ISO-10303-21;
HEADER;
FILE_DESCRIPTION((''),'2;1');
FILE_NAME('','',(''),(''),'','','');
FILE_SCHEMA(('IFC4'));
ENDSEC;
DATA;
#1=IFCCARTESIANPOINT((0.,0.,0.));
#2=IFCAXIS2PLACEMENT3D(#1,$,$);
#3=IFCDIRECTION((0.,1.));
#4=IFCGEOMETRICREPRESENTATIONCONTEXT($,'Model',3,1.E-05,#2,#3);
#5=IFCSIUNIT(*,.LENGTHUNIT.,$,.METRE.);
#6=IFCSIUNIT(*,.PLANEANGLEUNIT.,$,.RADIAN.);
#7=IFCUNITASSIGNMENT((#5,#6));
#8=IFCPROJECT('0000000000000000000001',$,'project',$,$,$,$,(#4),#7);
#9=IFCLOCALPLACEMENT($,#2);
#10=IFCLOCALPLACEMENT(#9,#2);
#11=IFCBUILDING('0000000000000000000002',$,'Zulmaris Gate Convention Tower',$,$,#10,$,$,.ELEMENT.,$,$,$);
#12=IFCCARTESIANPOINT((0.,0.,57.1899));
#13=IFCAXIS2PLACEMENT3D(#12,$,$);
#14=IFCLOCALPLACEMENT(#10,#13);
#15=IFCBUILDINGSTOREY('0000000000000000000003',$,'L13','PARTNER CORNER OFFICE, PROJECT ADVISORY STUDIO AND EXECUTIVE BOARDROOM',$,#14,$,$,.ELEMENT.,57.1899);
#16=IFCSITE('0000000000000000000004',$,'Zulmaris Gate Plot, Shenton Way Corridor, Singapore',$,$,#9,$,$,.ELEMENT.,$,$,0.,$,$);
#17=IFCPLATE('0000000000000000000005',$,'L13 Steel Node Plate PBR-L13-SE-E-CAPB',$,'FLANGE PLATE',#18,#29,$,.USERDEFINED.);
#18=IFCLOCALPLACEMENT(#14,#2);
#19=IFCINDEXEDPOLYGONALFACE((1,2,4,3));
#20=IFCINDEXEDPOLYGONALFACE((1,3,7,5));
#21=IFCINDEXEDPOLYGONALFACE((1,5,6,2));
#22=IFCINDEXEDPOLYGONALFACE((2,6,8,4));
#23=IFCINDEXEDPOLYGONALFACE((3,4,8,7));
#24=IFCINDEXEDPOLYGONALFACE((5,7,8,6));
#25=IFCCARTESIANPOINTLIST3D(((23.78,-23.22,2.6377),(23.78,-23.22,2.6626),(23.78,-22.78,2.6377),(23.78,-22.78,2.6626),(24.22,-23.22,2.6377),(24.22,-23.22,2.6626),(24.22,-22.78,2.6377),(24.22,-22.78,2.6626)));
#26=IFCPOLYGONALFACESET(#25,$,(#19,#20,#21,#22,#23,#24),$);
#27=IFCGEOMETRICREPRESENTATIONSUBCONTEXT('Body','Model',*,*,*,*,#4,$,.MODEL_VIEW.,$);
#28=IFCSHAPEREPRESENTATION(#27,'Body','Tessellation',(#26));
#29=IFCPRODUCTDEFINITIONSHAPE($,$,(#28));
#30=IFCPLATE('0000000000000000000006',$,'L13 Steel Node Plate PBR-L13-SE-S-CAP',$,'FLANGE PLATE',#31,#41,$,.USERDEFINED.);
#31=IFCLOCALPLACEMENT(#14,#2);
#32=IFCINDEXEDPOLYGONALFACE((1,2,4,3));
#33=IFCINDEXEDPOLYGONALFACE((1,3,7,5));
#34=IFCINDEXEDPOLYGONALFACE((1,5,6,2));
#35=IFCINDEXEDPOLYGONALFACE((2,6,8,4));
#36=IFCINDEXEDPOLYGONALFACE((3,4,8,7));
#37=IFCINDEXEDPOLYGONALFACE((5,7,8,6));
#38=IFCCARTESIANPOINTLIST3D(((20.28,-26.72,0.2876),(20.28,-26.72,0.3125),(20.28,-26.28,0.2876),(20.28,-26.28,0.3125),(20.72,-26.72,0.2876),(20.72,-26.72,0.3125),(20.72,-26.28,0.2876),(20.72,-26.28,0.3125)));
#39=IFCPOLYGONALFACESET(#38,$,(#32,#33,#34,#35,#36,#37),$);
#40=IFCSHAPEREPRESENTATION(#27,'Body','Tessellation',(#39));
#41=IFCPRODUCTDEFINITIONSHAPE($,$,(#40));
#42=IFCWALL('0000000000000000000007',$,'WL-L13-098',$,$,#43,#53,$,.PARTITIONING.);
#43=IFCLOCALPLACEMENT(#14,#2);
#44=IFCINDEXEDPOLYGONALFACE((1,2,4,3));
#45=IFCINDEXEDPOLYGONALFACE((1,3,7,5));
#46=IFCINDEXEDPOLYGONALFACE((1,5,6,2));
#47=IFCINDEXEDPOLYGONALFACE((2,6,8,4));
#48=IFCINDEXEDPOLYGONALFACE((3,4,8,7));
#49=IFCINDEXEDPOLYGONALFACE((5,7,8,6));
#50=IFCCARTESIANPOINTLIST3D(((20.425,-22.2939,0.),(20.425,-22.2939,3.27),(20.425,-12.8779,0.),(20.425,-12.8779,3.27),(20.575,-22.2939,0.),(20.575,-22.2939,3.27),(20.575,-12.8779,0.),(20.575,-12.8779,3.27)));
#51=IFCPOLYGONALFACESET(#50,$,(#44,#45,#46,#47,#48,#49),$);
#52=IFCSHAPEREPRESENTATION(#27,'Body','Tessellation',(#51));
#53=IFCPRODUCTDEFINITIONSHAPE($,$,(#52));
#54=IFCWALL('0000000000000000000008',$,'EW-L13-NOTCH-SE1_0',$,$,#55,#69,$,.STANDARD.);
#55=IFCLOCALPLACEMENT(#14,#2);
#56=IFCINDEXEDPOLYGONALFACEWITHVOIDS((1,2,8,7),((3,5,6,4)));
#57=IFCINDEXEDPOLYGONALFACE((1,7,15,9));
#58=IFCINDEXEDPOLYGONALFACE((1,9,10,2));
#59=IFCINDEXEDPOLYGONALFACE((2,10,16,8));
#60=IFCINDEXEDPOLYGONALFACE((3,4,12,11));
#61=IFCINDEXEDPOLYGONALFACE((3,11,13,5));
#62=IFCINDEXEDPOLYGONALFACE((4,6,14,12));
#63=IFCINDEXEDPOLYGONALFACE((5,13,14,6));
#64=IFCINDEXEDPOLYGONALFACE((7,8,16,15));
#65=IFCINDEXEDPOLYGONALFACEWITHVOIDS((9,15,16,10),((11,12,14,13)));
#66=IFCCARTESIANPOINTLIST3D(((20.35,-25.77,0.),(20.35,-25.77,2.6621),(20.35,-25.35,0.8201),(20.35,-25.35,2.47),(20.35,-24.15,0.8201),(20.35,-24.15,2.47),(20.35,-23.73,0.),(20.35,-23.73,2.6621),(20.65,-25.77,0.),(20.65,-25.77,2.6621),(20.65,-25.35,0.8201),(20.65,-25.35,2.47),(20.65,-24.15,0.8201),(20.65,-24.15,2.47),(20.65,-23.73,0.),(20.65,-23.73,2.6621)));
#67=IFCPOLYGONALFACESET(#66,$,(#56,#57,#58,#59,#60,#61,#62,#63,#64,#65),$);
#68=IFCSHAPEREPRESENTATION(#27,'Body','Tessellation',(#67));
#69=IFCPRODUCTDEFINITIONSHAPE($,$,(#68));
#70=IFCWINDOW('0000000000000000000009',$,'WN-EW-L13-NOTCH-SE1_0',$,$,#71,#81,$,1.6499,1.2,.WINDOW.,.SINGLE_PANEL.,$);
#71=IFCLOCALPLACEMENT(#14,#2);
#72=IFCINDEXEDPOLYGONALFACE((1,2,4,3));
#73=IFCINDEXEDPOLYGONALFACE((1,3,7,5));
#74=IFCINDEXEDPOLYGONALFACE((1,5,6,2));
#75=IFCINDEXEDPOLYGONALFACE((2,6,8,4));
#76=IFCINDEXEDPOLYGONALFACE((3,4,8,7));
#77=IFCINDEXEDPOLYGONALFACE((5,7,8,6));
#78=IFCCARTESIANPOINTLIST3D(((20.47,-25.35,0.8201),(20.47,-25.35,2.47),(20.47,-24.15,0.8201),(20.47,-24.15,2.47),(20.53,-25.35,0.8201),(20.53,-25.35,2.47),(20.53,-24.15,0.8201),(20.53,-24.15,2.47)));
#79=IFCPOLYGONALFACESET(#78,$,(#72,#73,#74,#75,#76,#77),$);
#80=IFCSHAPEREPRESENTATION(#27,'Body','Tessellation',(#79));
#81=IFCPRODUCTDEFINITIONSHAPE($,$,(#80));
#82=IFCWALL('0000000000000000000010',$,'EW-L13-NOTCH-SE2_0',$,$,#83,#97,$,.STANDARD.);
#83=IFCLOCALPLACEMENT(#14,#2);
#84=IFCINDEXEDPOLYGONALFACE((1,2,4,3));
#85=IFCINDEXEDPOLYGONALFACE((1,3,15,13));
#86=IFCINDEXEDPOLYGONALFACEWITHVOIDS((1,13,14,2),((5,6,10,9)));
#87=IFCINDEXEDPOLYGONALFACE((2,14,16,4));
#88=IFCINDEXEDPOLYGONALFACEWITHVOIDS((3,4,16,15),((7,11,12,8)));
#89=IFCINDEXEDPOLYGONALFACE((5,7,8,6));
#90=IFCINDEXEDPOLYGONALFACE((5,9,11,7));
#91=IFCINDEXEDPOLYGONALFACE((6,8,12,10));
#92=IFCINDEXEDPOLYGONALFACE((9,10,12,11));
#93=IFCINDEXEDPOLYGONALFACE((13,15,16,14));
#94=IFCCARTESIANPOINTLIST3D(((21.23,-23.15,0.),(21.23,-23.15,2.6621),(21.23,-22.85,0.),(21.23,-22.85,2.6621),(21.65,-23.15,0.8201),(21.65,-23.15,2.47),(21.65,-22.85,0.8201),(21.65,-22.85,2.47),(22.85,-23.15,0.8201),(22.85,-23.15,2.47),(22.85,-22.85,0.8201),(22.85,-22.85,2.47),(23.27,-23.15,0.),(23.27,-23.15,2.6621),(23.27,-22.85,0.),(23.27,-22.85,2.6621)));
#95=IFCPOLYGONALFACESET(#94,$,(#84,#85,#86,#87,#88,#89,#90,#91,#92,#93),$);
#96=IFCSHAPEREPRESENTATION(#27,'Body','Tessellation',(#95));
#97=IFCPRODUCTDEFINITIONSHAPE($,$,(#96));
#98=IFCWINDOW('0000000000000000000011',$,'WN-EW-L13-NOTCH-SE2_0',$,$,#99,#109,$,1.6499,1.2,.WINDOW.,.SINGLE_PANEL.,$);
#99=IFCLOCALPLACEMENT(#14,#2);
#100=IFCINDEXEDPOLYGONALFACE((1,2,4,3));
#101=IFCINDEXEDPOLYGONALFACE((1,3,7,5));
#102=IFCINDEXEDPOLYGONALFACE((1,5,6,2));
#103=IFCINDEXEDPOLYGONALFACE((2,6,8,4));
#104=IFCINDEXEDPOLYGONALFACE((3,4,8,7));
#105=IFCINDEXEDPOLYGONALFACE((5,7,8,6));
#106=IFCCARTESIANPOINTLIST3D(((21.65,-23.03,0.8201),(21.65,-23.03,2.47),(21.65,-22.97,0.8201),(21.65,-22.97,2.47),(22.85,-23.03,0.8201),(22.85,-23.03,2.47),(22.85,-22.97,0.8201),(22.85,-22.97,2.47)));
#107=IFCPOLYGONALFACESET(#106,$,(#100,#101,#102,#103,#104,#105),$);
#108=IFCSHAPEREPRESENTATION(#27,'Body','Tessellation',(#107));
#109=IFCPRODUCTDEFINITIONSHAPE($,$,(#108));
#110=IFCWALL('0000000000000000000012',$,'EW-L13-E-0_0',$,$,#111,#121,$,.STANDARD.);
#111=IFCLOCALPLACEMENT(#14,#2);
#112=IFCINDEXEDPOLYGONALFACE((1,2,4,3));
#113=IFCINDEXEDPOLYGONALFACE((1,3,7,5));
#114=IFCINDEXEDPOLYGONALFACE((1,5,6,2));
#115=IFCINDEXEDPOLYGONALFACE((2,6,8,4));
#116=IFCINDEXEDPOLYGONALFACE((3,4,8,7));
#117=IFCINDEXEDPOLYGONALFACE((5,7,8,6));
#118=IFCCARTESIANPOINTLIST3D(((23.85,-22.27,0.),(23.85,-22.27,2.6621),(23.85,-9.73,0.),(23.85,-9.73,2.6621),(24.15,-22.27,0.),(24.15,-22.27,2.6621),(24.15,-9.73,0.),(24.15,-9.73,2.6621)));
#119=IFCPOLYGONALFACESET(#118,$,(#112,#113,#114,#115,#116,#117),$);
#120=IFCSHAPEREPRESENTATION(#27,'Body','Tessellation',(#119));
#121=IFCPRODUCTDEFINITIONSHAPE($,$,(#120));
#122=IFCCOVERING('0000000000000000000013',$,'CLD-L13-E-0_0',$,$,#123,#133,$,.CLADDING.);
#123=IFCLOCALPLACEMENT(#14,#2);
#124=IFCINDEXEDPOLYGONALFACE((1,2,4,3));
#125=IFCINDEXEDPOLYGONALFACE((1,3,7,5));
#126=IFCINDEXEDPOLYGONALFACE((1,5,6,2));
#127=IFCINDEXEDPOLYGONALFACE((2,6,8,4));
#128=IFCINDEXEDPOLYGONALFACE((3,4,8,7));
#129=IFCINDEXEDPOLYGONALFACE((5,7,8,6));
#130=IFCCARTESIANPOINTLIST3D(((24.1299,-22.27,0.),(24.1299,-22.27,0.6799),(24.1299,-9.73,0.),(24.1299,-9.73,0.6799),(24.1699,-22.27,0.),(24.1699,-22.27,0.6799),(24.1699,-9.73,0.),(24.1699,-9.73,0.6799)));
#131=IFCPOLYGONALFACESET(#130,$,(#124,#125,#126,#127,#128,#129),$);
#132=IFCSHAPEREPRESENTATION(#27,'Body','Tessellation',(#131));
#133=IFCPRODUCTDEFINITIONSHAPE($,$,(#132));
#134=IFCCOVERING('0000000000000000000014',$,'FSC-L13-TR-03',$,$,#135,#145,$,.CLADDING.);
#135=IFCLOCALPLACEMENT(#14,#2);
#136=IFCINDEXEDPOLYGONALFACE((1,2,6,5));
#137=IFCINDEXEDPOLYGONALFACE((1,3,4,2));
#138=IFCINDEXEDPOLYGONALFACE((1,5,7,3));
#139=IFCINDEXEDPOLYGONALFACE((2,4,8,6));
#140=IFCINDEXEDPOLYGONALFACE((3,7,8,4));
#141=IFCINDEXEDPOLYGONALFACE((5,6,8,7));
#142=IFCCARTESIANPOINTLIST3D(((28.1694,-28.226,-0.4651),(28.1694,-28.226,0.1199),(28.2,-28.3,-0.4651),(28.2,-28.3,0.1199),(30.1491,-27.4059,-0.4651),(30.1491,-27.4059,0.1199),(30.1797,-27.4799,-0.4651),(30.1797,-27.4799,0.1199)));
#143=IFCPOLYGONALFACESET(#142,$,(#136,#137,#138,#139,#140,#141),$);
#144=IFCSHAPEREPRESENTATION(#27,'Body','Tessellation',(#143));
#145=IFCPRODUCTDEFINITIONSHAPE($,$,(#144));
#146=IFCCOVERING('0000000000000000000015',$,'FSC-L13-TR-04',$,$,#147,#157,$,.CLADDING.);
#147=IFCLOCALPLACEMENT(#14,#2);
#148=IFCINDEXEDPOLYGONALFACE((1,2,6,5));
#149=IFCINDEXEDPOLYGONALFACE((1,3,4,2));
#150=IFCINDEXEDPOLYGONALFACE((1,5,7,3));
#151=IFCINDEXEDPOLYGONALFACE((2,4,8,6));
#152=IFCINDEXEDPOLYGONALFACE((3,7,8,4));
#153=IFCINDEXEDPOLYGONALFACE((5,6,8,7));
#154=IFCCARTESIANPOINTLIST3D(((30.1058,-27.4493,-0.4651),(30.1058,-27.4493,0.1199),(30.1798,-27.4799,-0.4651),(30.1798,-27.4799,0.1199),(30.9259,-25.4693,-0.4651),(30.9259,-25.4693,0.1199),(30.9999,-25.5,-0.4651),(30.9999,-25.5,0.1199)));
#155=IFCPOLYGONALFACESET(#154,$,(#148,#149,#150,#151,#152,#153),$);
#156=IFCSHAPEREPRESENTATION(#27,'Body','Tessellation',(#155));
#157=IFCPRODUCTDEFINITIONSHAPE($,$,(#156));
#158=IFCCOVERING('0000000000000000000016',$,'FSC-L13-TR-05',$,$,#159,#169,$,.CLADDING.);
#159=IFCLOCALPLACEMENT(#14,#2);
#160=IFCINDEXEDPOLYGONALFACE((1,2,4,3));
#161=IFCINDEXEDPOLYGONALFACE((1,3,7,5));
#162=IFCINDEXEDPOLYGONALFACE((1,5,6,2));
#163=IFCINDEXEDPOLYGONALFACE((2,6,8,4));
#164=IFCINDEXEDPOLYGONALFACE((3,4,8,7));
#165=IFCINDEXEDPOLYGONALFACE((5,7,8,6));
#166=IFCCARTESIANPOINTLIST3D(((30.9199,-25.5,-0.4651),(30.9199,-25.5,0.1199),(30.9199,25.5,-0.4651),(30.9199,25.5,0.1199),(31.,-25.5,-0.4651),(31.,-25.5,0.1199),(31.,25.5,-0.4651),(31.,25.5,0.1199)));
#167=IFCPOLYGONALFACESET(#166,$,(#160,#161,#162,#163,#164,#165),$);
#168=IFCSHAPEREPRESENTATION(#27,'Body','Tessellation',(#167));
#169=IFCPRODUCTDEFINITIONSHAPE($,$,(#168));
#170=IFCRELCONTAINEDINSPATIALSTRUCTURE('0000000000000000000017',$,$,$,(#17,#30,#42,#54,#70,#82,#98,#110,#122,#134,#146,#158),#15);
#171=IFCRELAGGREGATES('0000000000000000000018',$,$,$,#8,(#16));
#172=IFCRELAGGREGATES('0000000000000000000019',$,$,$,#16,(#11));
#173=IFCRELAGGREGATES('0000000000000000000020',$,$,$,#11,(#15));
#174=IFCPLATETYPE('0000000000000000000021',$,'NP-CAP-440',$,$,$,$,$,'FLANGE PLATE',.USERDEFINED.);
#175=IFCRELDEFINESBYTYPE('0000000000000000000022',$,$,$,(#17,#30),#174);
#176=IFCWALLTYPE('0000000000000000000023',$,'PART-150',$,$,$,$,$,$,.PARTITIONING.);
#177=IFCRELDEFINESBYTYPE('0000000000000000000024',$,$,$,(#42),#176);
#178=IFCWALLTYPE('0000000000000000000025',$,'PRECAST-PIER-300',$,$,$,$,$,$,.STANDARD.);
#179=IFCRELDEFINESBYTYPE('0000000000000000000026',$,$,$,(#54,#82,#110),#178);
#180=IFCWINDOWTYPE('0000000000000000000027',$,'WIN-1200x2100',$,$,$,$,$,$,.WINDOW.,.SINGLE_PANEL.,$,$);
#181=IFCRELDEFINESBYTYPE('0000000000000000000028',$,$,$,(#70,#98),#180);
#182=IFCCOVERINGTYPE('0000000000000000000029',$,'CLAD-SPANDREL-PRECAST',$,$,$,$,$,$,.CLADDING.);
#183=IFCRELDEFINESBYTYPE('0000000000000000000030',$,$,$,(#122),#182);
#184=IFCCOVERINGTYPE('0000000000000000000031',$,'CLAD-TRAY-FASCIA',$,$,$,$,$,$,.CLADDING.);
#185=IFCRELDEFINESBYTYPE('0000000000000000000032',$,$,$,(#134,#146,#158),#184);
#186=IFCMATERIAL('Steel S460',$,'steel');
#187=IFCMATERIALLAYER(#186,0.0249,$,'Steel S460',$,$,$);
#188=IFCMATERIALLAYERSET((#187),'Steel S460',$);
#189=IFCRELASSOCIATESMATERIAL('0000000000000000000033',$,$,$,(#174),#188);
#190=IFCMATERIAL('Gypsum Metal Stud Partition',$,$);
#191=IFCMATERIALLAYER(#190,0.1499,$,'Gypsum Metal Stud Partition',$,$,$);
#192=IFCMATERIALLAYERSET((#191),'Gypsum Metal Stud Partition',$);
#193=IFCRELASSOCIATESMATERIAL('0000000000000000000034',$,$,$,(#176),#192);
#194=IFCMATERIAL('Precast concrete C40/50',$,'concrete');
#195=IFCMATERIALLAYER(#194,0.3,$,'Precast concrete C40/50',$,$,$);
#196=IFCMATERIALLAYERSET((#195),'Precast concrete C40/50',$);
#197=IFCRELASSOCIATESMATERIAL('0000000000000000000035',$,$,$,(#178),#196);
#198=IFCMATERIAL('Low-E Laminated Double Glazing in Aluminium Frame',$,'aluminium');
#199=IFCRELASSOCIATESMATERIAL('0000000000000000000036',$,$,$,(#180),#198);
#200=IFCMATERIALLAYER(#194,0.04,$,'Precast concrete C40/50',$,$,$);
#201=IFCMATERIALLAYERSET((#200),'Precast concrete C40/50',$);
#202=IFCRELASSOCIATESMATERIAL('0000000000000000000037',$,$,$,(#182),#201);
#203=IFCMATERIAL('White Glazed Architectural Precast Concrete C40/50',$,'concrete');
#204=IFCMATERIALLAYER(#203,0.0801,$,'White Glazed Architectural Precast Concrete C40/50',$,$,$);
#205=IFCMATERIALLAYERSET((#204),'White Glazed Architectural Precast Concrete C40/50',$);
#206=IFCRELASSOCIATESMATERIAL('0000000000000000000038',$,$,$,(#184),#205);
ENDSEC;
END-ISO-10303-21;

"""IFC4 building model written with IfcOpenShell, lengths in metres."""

from ifc_helpers import new_model, si_unit, direction, frame, frame_2d, origin, origin_2d, place, context, subcontext, project, spatial, rectangle, extrude, material, layer, layer_set, type_object, element, fill, save


model = new_model("IFC4")

# Units and contexts
model_context = context("Model", 3, precision=1e-05, world=origin(), true_north=direction((0.0, 1.0)))
body_context = subcontext(model_context, "Body", "Model", "MODEL_VIEW")
ifc_project = project(units=[si_unit("LENGTHUNIT", "METRE"), si_unit("PLANEANGLEUNIT", "RADIAN")], contexts=[model_context])

# Site, building, storey
site_placement = place(None, origin())
site = spatial("IfcSite", under=ifc_project, at=site_placement, Name="Zulmaris Gate Plot, Shenton Way Corridor, Singapore", CompositionType="ELEMENT", RefElevation=0.0)
building_placement = place(site_placement, origin())
building = spatial("IfcBuilding", under=site, at=building_placement, Name="Zulmaris Gate Convention Tower", CompositionType="ELEMENT")
storey_placement = place(building_placement, frame((0.0, 0.0, 57.1899)))
storey = spatial("IfcBuildingStorey", under=building, at=storey_placement, Name="L13", Description="PARTNER CORNER OFFICE, PROJECT ADVISORY STUDIO AND EXECUTIVE BOARDROOM", CompositionType="ELEMENT", Elevation=57.1899)

# Shared definitions
ifc_material_1 = material(Name="Steel S460", Category="steel")

# Plates
ifc_layer_1 = layer(ifc_material_1, 0.0249, Name="Steel S460")
ifc_layer_set_1 = layer_set([ifc_layer_1], Name="Steel S460")
plate_type = type_object("IfcPlateType", Name="NP-CAP-440", ElementType="FLANGE PLATE", PredefinedType="USERDEFINED", material=ifc_layer_set_1)
for number, where, z_axis, x_axis, name in (
    (1, (24.0, -23.0, 2.6377), (0.0, 0.0, 1.0), (1.0, 0.0, 0.0), "L13 Steel Node Plate PBR-L13-SE-E-CAPB"),
    (2, (20.5, -26.5, 0.2876), (0.0, 0.0, 1.0), (1.0, 0.0, 0.0), "L13 Steel Node Plate PBR-L13-SE-S-CAP"),
):
    element("IfcPlate", number, at=place(storey_placement, frame(where, z_axis=z_axis, x_axis=x_axis)), inside=storey, type_object=plate_type, Name=name, ObjectType="FLANGE PLATE", PredefinedType="USERDEFINED", context=body_context, shape_type="SweptSolid", body=[
        extrude(rectangle(XDim=0.4399, YDim=0.4399, at=origin_2d()), origin(), (0.0, 0.0, 1.0), 0.0249),
    ])

# Shared definitions
ifc_material_2 = material(Name="Gypsum Metal Stud Partition")
ifc_layer_2 = layer(ifc_material_2, 0.1499, Name="Gypsum Metal Stud Partition")
ifc_layer_set_2 = layer_set([ifc_layer_2], Name="Gypsum Metal Stud Partition")
wall_type_1 = type_object("IfcWallType", Name="PART-150", PredefinedType="PARTITIONING", material=ifc_layer_set_2)

# Wall
wall_1_placement = place(storey_placement, frame((20.5, -22.2939, 0.0), z_axis=(0.0, 0.0, 1.0), x_axis=(0.0, 1.0, 0.0)))
element("IfcWall", 3, at=wall_1_placement, inside=storey, type_object=wall_type_1, Name="WL-L13-098", PredefinedType="PARTITIONING", context=body_context, shape_type="SweptSolid", body=[
    extrude(rectangle(XDim=9.416, YDim=0.1499, at=frame_2d((4.708, 0.0))), origin(), (0.0, 0.0, 1.0), 3.27),
])

# Walls, openings, windows
ifc_material_3 = material(Name="Precast concrete C40/50", Category="concrete")
ifc_layer_3 = layer(ifc_material_3, 0.3, Name="Precast concrete C40/50")
ifc_layer_set_3 = layer_set([ifc_layer_3], Name="Precast concrete C40/50")
wall_type_2 = type_object("IfcWallType", Name="PRECAST-PIER-300", PredefinedType="STANDARD", material=ifc_layer_set_3)
wall_2_placement = place(storey_placement, frame((20.5, -25.77, 0.0), z_axis=(0.0, 0.0, 1.0), x_axis=(0.0, 1.0, 0.0)))
wall_2 = element("IfcWall", 4, at=wall_2_placement, inside=storey, type_object=wall_type_2, Name="EW-L13-NOTCH-SE1_0", PredefinedType="STANDARD", context=body_context, shape_type="SweptSolid", body=[
    extrude(rectangle(XDim=2.04, YDim=0.3, at=frame_2d((1.02, 0.0))), origin(), (0.0, 0.0, 1.0), 2.6621),
])
opening_1_placement = place(wall_2_placement, frame((0.4199, 0.0, 0.8201)))
opening_1 = element("IfcOpeningElement", 5, at=opening_1_placement, cuts=wall_2, PredefinedType="OPENING", context=body_context, shape_type="SweptSolid", body=[
    extrude(rectangle(XDim=1.2, YDim=1.6499, at=frame_2d((0.6001, 0.825))), frame((0.0, 0.1602, 0.0), z_axis=(0.0, -1.0, 0.0), x_axis=(1.0, 0.0, 0.0)), (0.0, 0.0, 1.0), 0.3201),
])
ifc_material_4 = material(Name="Low-E Laminated Double Glazing in Aluminium Frame", Category="aluminium")
window_type = type_object("IfcWindowType", Name="WIN-1200x2100", PartitioningType="SINGLE_PANEL", PredefinedType="WINDOW", material=ifc_material_4)
window_1_placement = place(opening_1_placement, origin())
window_1 = element("IfcWindow", 6, at=window_1_placement, inside=storey, type_object=window_type, Name="WN-EW-L13-NOTCH-SE1_0", OverallHeight=1.6499, OverallWidth=1.2, PartitioningType="SINGLE_PANEL", PredefinedType="WINDOW", context=body_context, shape_type="SweptSolid", body=[
    extrude(rectangle(XDim=1.2, YDim=1.6499, at=frame_2d((0.6001, 0.825))), frame((0.0, 0.03, 0.0), z_axis=(0.0, -1.0, 0.0), x_axis=(1.0, 0.0, 0.0)), (0.0, 0.0, 1.0), 0.0601),
])
fill(opening_1, window_1)
wall_3_placement = place(storey_placement, frame((21.23, -23.0, 0.0), z_axis=(0.0, 0.0, 1.0), x_axis=(1.0, 0.0, 0.0)))
wall_3 = element("IfcWall", 7, at=wall_3_placement, inside=storey, type_object=wall_type_2, Name="EW-L13-NOTCH-SE2_0", PredefinedType="STANDARD", context=body_context, shape_type="SweptSolid", body=[
    extrude(rectangle(XDim=2.04, YDim=0.3, at=frame_2d((1.02, 0.0))), origin(), (0.0, 0.0, 1.0), 2.6621),
])
opening_2_placement = place(wall_3_placement, frame((0.4199, 0.0, 0.8201)))
opening_2 = element("IfcOpeningElement", 8, at=opening_2_placement, cuts=wall_3, PredefinedType="OPENING", context=body_context, shape_type="SweptSolid", body=[
    extrude(rectangle(XDim=1.2, YDim=1.6499, at=frame_2d((0.6001, 0.825))), frame((0.0, 0.1602, 0.0), z_axis=(0.0, -1.0, 0.0), x_axis=(1.0, 0.0, 0.0)), (0.0, 0.0, 1.0), 0.3201),
])
window_2_placement = place(opening_2_placement, origin())
window_2 = element("IfcWindow", 9, at=window_2_placement, inside=storey, type_object=window_type, Name="WN-EW-L13-NOTCH-SE2_0", OverallHeight=1.6499, OverallWidth=1.2, PartitioningType="SINGLE_PANEL", PredefinedType="WINDOW", context=body_context, shape_type="SweptSolid", body=[
    extrude(rectangle(XDim=1.2, YDim=1.6499, at=frame_2d((0.6001, 0.825))), frame((0.0, 0.03, 0.0), z_axis=(0.0, -1.0, 0.0), x_axis=(1.0, 0.0, 0.0)), (0.0, 0.0, 1.0), 0.0601),
])
fill(opening_2, window_2)

# Wall
wall_4_placement = place(storey_placement, frame((24.0, -22.27, 0.0), z_axis=(0.0, 0.0, 1.0), x_axis=(0.0, 1.0, 0.0)))
element("IfcWall", 10, at=wall_4_placement, inside=storey, type_object=wall_type_2, Name="EW-L13-E-0_0", PredefinedType="STANDARD", context=body_context, shape_type="SweptSolid", body=[
    extrude(rectangle(XDim=12.54, YDim=0.3, at=frame_2d((6.27, 0.0))), origin(), (0.0, 0.0, 1.0), 2.6621),
])

# Coverings
ifc_layer_4 = layer(ifc_material_3, 0.04, Name="Precast concrete C40/50")
ifc_layer_set_4 = layer_set([ifc_layer_4], Name="Precast concrete C40/50")
covering_type_1 = type_object("IfcCoveringType", Name="CLAD-SPANDREL-PRECAST", PredefinedType="CLADDING", material=ifc_layer_set_4)
covering_1_placement = place(storey_placement, frame((24.1499, -22.27, 0.0), z_axis=(0.0, 0.0, 1.0), x_axis=(0.0, 1.0, 0.0)))
element("IfcCovering", 11, at=covering_1_placement, inside=storey, type_object=covering_type_1, Name="CLD-L13-E-0_0", PredefinedType="CLADDING", context=body_context, shape_type="SweptSolid", body=[
    extrude(rectangle(XDim=12.54, YDim=0.04, at=frame_2d((6.27, 0.0))), origin(), (0.0, 0.0, 1.0), 0.6799),
])
ifc_material_5 = material(Name="White Glazed Architectural Precast Concrete C40/50", Category="concrete")
ifc_layer_5 = layer(ifc_material_5, 0.0801, Name="White Glazed Architectural Precast Concrete C40/50")
ifc_layer_set_5 = layer_set([ifc_layer_5], Name="White Glazed Architectural Precast Concrete C40/50")
covering_type_2 = type_object("IfcCoveringType", Name="CLAD-TRAY-FASCIA", PredefinedType="CLADDING", material=ifc_layer_set_5)
covering_2_placement = place(storey_placement, frame((28.1848, -28.2629, -0.4651), z_axis=(0.0, 0.0, 1.0), x_axis=(0.923874, 0.382697, 0.0)))
element("IfcCovering", 12, at=covering_2_placement, inside=storey, type_object=covering_type_2, Name="FSC-L13-TR-03", PredefinedType="CLADDING", context=body_context, shape_type="SweptSolid", body=[
    extrude(rectangle(XDim=2.1428, YDim=0.0801, at=frame_2d((1.0713, 0.0))), origin(), (0.0, 0.0, 1.0), 0.585),
])
covering_3_placement = place(storey_placement, frame((30.1428, -27.4646, -0.4651), z_axis=(0.0, 0.0, 1.0), x_axis=(0.382657, 0.92389, 0.0)))
element("IfcCovering", 13, at=covering_3_placement, inside=storey, type_object=covering_type_2, Name="FSC-L13-TR-04", PredefinedType="CLADDING", context=body_context, shape_type="SweptSolid", body=[
    extrude(rectangle(XDim=2.1431, YDim=0.0801, at=frame_2d((1.0715, 0.0))), origin(), (0.0, 0.0, 1.0), 0.585),
])
covering_4_placement = place(storey_placement, frame((30.96, -25.5, -0.4651), z_axis=(0.0, 0.0, 1.0), x_axis=(0.0, 1.0, 0.0)))
element("IfcCovering", 14, at=covering_4_placement, inside=storey, type_object=covering_type_2, Name="FSC-L13-TR-05", PredefinedType="CLADDING", context=body_context, shape_type="SweptSolid", body=[
    extrude(rectangle(XDim=51.0, YDim=0.0801, at=frame_2d((25.5, 0.0))), origin(), (0.0, 0.0, 1.0), 0.585),
])

save(model, "model.ifc")
